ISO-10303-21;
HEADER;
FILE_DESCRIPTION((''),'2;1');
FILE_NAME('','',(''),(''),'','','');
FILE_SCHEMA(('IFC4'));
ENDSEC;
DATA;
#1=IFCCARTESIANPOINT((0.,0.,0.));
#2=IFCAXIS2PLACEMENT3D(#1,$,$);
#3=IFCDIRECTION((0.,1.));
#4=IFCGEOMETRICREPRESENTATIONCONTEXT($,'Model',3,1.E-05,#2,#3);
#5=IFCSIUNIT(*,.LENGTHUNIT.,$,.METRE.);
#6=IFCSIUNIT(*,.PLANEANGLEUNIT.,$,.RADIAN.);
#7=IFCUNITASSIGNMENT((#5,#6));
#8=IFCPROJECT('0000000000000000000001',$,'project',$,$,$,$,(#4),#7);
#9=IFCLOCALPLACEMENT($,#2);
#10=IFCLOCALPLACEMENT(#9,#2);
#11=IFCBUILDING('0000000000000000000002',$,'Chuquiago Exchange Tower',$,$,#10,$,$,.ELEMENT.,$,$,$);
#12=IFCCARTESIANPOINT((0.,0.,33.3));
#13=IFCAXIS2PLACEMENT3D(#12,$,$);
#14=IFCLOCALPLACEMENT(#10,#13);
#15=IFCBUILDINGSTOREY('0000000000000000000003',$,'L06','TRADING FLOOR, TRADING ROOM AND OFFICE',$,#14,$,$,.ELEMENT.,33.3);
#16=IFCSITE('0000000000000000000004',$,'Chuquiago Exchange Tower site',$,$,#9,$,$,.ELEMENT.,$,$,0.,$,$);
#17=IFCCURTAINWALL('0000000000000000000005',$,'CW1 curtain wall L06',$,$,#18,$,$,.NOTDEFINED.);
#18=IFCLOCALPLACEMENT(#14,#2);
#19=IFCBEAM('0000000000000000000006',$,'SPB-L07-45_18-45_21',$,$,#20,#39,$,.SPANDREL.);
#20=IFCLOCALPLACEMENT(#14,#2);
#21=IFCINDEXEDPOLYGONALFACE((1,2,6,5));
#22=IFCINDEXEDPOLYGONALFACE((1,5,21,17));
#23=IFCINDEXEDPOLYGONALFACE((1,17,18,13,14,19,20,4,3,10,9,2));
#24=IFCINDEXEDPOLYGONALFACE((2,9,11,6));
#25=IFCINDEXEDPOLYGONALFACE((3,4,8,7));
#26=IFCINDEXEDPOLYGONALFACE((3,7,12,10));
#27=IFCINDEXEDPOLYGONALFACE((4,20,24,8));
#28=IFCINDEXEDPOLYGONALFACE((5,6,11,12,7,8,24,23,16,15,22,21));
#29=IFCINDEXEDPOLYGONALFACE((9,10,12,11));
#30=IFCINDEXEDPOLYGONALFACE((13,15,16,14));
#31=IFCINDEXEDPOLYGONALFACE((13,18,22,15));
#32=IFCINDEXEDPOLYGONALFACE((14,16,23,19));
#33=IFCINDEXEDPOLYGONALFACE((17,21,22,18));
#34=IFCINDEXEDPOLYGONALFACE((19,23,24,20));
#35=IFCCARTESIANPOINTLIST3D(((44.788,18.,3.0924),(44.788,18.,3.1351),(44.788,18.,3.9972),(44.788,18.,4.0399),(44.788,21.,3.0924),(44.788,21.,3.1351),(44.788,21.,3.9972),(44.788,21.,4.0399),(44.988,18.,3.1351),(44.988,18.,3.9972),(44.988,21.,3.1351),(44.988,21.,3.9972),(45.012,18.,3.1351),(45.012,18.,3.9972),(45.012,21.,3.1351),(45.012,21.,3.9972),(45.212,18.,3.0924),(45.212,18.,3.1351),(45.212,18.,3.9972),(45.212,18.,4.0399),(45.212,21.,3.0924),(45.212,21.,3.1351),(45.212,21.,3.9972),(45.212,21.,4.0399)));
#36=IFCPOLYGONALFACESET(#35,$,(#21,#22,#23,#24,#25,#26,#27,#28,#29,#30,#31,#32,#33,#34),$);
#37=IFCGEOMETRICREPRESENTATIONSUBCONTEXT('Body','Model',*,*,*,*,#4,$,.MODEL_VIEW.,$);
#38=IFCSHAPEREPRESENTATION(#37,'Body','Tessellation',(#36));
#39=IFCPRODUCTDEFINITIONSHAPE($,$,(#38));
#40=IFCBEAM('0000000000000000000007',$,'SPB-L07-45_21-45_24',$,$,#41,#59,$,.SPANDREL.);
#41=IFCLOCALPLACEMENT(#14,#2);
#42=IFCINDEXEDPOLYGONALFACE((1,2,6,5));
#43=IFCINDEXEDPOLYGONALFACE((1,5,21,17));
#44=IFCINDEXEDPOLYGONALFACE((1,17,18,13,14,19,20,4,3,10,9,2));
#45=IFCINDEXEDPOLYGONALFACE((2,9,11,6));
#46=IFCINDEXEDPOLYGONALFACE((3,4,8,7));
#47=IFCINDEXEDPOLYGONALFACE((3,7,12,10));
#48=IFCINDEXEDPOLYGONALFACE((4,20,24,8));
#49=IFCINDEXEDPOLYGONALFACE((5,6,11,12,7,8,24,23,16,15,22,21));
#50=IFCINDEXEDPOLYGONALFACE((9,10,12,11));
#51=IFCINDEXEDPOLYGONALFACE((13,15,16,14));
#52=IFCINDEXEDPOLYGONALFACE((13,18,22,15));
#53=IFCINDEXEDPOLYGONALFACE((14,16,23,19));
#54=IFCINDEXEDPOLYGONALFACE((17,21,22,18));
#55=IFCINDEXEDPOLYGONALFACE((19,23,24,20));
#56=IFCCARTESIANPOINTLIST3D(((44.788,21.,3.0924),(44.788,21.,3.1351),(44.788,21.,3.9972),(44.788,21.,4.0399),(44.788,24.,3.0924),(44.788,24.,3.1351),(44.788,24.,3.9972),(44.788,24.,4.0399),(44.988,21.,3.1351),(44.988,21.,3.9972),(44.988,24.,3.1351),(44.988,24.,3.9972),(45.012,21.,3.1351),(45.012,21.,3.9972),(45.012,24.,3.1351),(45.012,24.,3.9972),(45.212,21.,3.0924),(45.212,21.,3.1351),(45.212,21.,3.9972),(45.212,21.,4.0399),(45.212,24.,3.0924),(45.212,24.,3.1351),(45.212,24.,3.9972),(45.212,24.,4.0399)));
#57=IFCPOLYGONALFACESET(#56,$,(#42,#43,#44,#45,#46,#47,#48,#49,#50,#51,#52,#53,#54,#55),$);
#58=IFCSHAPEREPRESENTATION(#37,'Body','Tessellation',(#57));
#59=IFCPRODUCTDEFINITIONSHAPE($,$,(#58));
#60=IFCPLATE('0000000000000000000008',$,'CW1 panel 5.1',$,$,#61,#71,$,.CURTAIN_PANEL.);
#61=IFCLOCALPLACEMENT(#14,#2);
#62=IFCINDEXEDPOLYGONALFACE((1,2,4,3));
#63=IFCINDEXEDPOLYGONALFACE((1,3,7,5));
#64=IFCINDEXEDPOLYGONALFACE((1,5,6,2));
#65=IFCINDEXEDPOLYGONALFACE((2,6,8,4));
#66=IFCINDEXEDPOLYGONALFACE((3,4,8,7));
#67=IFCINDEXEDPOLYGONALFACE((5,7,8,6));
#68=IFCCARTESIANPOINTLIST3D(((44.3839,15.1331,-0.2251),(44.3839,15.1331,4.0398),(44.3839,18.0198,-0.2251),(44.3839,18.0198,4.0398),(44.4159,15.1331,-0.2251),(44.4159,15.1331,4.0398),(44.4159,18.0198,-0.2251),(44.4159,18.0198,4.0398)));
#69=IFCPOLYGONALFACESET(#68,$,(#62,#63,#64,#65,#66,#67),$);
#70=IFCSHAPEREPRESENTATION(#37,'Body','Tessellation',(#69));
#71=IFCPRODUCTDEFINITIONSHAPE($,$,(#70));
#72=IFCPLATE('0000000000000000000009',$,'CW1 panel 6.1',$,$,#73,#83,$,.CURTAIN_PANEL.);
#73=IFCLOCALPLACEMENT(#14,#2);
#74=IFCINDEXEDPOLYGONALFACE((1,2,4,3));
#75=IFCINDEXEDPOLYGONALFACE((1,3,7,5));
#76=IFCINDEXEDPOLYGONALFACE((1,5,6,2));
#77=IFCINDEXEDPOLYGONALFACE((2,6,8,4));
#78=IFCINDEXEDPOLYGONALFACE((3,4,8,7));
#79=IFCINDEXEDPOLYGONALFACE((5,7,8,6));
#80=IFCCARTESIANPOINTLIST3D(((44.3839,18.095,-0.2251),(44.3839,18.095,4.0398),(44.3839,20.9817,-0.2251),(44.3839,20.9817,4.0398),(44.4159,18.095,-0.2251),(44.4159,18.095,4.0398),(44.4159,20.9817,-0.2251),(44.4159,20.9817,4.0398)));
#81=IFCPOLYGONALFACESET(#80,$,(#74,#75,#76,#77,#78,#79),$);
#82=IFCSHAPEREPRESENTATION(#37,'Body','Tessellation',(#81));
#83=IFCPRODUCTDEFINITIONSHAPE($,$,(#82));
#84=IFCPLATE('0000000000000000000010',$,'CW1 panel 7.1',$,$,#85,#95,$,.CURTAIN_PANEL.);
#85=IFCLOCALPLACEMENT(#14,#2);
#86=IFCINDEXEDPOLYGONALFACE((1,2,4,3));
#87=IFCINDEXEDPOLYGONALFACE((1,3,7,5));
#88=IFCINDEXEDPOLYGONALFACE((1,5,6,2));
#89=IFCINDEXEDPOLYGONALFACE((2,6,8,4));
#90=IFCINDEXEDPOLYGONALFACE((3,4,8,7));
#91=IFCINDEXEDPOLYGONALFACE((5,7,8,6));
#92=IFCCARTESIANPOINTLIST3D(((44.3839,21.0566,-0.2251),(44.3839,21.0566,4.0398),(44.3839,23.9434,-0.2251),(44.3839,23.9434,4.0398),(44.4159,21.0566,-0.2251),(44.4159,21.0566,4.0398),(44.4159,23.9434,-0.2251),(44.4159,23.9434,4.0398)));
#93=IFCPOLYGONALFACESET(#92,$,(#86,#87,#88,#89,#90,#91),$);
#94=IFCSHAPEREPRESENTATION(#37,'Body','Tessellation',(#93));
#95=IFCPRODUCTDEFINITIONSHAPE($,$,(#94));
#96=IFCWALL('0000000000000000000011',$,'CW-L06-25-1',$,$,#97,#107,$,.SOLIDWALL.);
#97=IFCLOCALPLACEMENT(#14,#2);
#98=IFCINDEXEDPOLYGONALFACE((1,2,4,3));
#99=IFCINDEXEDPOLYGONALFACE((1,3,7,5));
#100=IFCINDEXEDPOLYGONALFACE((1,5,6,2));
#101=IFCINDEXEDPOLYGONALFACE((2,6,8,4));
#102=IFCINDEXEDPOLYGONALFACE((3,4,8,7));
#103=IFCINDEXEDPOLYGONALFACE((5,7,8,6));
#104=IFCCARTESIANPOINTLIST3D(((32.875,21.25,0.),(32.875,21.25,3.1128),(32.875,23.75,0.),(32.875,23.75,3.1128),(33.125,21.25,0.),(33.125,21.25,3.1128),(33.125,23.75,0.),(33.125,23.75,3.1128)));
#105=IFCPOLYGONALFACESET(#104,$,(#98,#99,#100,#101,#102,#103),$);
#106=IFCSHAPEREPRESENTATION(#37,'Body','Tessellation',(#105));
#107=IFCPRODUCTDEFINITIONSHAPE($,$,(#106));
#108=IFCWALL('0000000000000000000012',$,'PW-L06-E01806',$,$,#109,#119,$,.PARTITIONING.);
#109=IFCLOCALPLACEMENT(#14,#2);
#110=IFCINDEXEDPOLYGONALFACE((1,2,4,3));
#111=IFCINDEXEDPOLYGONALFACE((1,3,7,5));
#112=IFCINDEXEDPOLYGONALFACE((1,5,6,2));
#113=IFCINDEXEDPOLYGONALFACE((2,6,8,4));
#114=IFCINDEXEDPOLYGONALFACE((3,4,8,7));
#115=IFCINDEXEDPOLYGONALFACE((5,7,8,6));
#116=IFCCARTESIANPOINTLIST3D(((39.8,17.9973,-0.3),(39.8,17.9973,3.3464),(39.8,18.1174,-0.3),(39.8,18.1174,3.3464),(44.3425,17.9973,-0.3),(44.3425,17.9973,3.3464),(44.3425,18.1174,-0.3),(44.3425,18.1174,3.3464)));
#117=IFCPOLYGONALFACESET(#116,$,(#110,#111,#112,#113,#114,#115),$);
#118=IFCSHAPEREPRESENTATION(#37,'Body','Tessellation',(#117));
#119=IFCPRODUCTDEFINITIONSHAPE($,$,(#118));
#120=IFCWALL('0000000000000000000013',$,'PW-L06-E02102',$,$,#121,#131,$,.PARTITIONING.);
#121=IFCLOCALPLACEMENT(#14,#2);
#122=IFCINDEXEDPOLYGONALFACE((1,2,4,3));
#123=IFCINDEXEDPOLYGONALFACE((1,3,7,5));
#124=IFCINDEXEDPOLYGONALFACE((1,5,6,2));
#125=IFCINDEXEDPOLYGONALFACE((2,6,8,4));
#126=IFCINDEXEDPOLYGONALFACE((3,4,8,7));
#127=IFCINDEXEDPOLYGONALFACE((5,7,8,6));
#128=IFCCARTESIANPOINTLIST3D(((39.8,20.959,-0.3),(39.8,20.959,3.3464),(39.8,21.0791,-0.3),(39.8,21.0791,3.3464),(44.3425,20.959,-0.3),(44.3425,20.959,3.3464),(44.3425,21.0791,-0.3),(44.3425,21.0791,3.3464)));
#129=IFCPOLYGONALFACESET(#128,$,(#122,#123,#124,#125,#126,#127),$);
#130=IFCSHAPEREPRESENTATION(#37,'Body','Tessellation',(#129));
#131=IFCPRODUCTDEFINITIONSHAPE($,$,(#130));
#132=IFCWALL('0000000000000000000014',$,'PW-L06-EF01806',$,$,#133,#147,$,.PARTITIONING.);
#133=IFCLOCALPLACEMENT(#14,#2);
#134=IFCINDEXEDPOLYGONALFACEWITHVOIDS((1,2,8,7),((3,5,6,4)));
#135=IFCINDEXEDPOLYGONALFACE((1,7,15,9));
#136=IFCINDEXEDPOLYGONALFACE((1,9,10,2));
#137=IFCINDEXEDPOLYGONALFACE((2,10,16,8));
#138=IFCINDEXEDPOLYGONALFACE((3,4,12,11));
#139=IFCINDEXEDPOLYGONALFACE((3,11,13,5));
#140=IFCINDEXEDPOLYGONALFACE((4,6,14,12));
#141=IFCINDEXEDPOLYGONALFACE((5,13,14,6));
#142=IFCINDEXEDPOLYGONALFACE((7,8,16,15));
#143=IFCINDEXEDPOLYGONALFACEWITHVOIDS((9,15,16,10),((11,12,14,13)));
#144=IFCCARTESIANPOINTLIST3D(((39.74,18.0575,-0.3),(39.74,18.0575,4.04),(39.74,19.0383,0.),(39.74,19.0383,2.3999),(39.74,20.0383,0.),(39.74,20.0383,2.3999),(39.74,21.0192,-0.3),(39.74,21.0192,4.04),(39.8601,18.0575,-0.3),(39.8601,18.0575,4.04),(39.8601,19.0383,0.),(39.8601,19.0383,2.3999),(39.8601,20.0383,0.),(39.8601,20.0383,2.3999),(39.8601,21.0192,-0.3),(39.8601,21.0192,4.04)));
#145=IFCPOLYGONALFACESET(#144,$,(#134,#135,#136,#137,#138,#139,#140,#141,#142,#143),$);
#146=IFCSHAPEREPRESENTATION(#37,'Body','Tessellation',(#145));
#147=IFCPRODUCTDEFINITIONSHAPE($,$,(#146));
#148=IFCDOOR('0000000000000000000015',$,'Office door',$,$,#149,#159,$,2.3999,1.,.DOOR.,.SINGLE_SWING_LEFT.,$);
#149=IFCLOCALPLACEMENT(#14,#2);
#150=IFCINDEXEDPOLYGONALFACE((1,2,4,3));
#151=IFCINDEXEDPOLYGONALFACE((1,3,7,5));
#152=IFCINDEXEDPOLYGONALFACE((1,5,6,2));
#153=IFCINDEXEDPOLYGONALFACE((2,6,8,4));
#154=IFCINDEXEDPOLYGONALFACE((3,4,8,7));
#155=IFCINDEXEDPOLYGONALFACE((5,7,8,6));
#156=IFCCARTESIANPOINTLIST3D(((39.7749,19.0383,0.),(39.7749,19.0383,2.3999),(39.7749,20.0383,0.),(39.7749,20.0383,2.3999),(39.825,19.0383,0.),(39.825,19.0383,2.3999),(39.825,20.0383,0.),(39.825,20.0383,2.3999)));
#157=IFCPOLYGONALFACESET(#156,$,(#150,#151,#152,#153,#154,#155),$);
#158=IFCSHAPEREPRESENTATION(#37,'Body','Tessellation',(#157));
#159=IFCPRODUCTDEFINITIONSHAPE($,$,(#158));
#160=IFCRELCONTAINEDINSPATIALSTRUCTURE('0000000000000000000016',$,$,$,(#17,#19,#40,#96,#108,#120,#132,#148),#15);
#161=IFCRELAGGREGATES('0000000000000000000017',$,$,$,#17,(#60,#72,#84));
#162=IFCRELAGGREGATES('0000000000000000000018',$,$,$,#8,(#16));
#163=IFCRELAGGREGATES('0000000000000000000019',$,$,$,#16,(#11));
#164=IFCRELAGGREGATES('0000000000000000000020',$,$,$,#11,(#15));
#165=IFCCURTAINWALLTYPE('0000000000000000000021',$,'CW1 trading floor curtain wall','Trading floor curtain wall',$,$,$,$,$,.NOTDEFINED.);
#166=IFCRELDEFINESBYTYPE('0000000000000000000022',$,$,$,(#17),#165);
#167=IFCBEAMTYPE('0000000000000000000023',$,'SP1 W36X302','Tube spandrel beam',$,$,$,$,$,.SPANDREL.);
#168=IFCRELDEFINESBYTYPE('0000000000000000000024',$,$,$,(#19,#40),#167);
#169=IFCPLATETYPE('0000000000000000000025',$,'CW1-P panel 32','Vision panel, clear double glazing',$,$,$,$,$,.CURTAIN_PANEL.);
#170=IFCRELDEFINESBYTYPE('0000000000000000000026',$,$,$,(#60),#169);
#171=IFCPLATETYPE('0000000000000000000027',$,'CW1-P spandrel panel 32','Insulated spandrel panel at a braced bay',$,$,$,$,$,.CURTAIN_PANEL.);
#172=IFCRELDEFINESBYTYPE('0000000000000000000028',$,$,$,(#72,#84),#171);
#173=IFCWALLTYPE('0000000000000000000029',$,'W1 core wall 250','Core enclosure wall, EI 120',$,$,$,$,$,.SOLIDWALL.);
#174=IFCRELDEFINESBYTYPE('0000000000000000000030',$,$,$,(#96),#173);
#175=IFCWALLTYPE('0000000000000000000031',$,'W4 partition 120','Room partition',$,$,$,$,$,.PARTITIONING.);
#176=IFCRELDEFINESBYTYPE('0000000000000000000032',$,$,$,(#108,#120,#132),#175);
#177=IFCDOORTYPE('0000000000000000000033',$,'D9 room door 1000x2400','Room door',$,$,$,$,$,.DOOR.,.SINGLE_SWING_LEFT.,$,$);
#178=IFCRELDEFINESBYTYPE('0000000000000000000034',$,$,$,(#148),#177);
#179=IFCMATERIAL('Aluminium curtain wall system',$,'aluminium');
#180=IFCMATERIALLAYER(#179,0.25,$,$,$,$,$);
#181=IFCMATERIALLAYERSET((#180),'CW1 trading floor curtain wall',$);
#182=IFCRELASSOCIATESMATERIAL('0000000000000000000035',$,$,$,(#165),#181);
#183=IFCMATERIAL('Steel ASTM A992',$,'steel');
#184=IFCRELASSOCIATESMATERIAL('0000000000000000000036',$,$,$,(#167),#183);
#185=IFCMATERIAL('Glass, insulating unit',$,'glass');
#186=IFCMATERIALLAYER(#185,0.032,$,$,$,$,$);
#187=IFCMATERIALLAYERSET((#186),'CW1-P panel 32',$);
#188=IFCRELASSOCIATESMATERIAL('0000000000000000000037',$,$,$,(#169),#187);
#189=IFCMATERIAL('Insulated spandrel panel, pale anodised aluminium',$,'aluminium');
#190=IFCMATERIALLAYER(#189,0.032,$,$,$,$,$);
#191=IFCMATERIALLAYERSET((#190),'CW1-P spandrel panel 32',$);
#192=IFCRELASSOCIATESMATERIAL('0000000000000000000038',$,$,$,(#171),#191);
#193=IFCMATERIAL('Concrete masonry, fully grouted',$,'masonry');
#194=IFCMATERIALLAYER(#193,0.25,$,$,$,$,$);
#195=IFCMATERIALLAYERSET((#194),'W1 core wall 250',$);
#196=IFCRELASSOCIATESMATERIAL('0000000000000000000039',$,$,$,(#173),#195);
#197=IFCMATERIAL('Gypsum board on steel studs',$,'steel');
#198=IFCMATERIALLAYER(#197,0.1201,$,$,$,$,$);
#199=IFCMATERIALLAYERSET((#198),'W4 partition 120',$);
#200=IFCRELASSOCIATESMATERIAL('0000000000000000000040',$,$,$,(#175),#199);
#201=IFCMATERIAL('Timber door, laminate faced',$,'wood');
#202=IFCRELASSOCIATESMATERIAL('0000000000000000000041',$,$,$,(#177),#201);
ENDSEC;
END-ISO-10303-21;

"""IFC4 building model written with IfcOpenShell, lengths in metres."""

from ifc_helpers import new_model, si_unit, direction, frame, frame_2d, origin, origin_2d, place, context, subcontext, project, spatial, rectangle, i_section, extrude, material, layer, layer_set, material_profile, profile_set, type_object, element, fill, aggregate, save


model = new_model("IFC4")

# Units and contexts
model_context = context("Model", 3, precision=1e-05, world=origin(), true_north=direction((0.0, 1.0)))
body_context = subcontext(model_context, "Body", "Model", "MODEL_VIEW")
ifc_project = project(units=[si_unit("LENGTHUNIT", "METRE"), si_unit("PLANEANGLEUNIT", "RADIAN")], contexts=[model_context])

# Site, building, storey
site_placement = place(None, origin())
site = spatial("IfcSite", under=ifc_project, at=site_placement, Name="Chuquiago Exchange Tower site", CompositionType="ELEMENT", RefElevation=0.0)
building_placement = place(site_placement, origin())
building = spatial("IfcBuilding", under=site, at=building_placement, Name="Chuquiago Exchange Tower", CompositionType="ELEMENT")
storey_placement = place(building_placement, frame((0.0, 0.0, 33.3)))
storey = spatial("IfcBuildingStorey", under=building, at=storey_placement, Name="L06", Description="TRADING FLOOR, TRADING ROOM AND OFFICE", CompositionType="ELEMENT", Elevation=33.3)

# Curtain wall
ifc_material_1 = material(Name="Aluminium curtain wall system", Category="aluminium")
ifc_layer_1 = layer(ifc_material_1, 0.25)
ifc_layer_set_1 = layer_set([ifc_layer_1], Name="CW1 trading floor curtain wall")
curtain_wall_type = type_object("IfcCurtainWallType", Name="CW1 trading floor curtain wall", Description="Trading floor curtain wall", PredefinedType="NOTDEFINED", material=ifc_layer_set_1)
curtain_wall_placement = place(storey_placement, origin())
curtain_wall = element("IfcCurtainWall", 1, at=curtain_wall_placement, inside=storey, type_object=curtain_wall_type, Name="CW1 curtain wall L06", PredefinedType="NOTDEFINED")

# Beams
ifc_material_2 = material(Name="Steel ASTM A992", Category="steel")
ifc_material_profile_1 = material_profile(ifc_material_2, i_section(OverallWidth=0.4241, OverallDepth=0.9475, WebThickness=0.0239, FlangeThickness=0.0427, at=origin_2d()), Name="W36X302")
ifc_profile_set_1 = profile_set([ifc_material_profile_1], Name="Steel ASTM A992")
beam_type_1 = type_object("IfcBeamType", Name="SP1 W36X302", Description="Tube spandrel beam", PredefinedType="SPANDREL", material=ifc_profile_set_1)
for number, where, z_axis, x_axis, name in (
    (2, (45.0, 18.0, 3.5662), (0.0, 1.0, 0.0), (-1.0, 0.0, 0.0), "SPB-L07-45_18-45_21"),
    (3, (45.0, 21.0, 3.5662), (0.0, 1.0, 0.0), (-1.0, 0.0, 0.0), "SPB-L07-45_21-45_24"),
):
    element("IfcBeam", number, at=place(storey_placement, frame(where, z_axis=z_axis, x_axis=x_axis)), inside=storey, type_object=beam_type_1, Name=name, PredefinedType="SPANDREL", context=body_context, shape_type="SweptSolid", body=[
        extrude(i_section(OverallWidth=0.4241, OverallDepth=0.9475, WebThickness=0.0239, FlangeThickness=0.0427, at=origin_2d()), origin(), (0.0, 0.0, 1.0), 3.0),
    ])

# Plates
ifc_material_3 = material(Name="Glass, insulating unit", Category="glass")
ifc_layer_2 = layer(ifc_material_3, 0.032)
ifc_layer_set_2 = layer_set([ifc_layer_2], Name="CW1-P panel 32")
plate_type_1 = type_object("IfcPlateType", Name="CW1-P panel 32", Description="Vision panel, clear double glazing", PredefinedType="CURTAIN_PANEL", material=ifc_layer_set_2)
plate_1_placement = place(storey_placement, frame((44.3999, 16.5764, -0.2251), z_axis=(0.0, 0.0, 1.0), x_axis=(0.0, 1.0, 0.0)))
plate_1 = element("IfcPlate", 4, at=plate_1_placement, type_object=plate_type_1, Name="CW1 panel 5.1", PredefinedType="CURTAIN_PANEL", context=body_context, shape_type="SweptSolid", body=[
    extrude(rectangle(XDim=2.8867, YDim=0.032, at=origin_2d()), origin(), (0.0, 0.0, 1.0), 4.2649),
])
ifc_material_4 = material(Name="Insulated spandrel panel, pale anodised aluminium", Category="aluminium")
ifc_layer_3 = layer(ifc_material_4, 0.032)
ifc_layer_set_3 = layer_set([ifc_layer_3], Name="CW1-P spandrel panel 32")
plate_type_2 = type_object("IfcPlateType", Name="CW1-P spandrel panel 32", Description="Insulated spandrel panel at a braced bay", PredefinedType="CURTAIN_PANEL", material=ifc_layer_set_3)
plate_2_placement = place(storey_placement, frame((44.3999, 19.5383, -0.2251), z_axis=(0.0, 0.0, 1.0), x_axis=(0.0, 1.0, 0.0)))
plate_2 = element("IfcPlate", 5, at=plate_2_placement, type_object=plate_type_2, Name="CW1 panel 6.1", PredefinedType="CURTAIN_PANEL", context=body_context, shape_type="SweptSolid", body=[
    extrude(rectangle(XDim=2.8867, YDim=0.032, at=origin_2d()), origin(), (0.0, 0.0, 1.0), 4.2649),
])
plate_3_placement = place(storey_placement, frame((44.3999, 22.5, -0.2251), z_axis=(0.0, 0.0, 1.0), x_axis=(0.0, 1.0, 0.0)))
plate_3 = element("IfcPlate", 6, at=plate_3_placement, type_object=plate_type_2, Name="CW1 panel 7.1", PredefinedType="CURTAIN_PANEL", context=body_context, shape_type="SweptSolid", body=[
    extrude(rectangle(XDim=2.8867, YDim=0.032, at=origin_2d()), origin(), (0.0, 0.0, 1.0), 4.2649),
])
aggregate(curtain_wall, [plate_1, plate_2, plate_3])

# Walls
ifc_material_5 = material(Name="Concrete masonry, fully grouted", Category="masonry")
ifc_layer_4 = layer(ifc_material_5, 0.25)
ifc_layer_set_4 = layer_set([ifc_layer_4], Name="W1 core wall 250")
wall_type_1 = type_object("IfcWallType", Name="W1 core wall 250", Description="Core enclosure wall, EI 120", PredefinedType="SOLIDWALL", material=ifc_layer_set_4)
wall_1_placement = place(storey_placement, frame((33.0, 21.25, 0.0), z_axis=(0.0, 0.0, 1.0), x_axis=(0.0, 1.0, 0.0)))
element("IfcWall", 7, at=wall_1_placement, inside=storey, type_object=wall_type_1, Name="CW-L06-25-1", PredefinedType="SOLIDWALL", context=body_context, shape_type="SweptSolid", body=[
    extrude(rectangle(XDim=2.5, YDim=0.25, at=frame_2d((1.25, 0.0))), origin(), (0.0, 0.0, 1.0), 3.1128),
])
ifc_material_6 = material(Name="Gypsum board on steel studs", Category="steel")
ifc_layer_5 = layer(ifc_material_6, 0.1201)
ifc_layer_set_5 = layer_set([ifc_layer_5], Name="W4 partition 120")
wall_type_2 = type_object("IfcWallType", Name="W4 partition 120", Description="Room partition", PredefinedType="PARTITIONING", material=ifc_layer_set_5)
for number, where, z_axis, x_axis, name in (
    (8, (44.3425, 18.0574, -0.3), (0.0, 0.0, 1.0), (-1.0, 0.0, 0.0), "PW-L06-E01806"),
    (9, (44.3425, 21.019, -0.3), (0.0, 0.0, 1.0), (-1.0, 0.0, 0.0), "PW-L06-E02102"),
):
    element("IfcWall", number, at=place(storey_placement, frame(where, z_axis=z_axis, x_axis=x_axis)), inside=storey, type_object=wall_type_2, Name=name, PredefinedType="PARTITIONING", context=body_context, shape_type="SweptSolid", body=[
        extrude(rectangle(XDim=4.5425, YDim=0.1201, at=frame_2d((2.2712, 0.0))), origin(), (0.0, 0.0, 1.0), 3.6465),
    ])

# Wall, opening, door
wall_2_placement = place(storey_placement, frame((39.8, 18.0574, -0.3), z_axis=(0.0, 0.0, 1.0), x_axis=(0.0, 1.0, 0.0)))
wall_2 = element("IfcWall", 10, at=wall_2_placement, inside=storey, type_object=wall_type_2, Name="PW-L06-EF01806", PredefinedType="PARTITIONING", context=body_context, shape_type="SweptSolid", body=[
    extrude(rectangle(XDim=2.9617, YDim=0.1201, at=frame_2d((1.481, 0.0))), origin(), (0.0, 0.0, 1.0), 4.3401),
])
opening_1_placement = place(wall_2_placement, frame((0.981, 0.0, 0.3)))
opening_1 = element("IfcOpeningElement", 11, at=opening_1_placement, cuts=wall_2, PredefinedType="OPENING", context=body_context, shape_type="SweptSolid", body=[
    extrude(rectangle(XDim=1.0, YDim=2.3999, at=frame_2d((0.5, 1.2))), frame((0.0, 0.0701, 0.0), z_axis=(0.0, -1.0, 0.0), x_axis=(1.0, 0.0, 0.0)), (0.0, 0.0, 1.0), 0.1401),
])
ifc_material_7 = material(Name="Timber door, laminate faced", Category="wood")
door_type = type_object("IfcDoorType", Name="D9 room door 1000x2400", Description="Room door", OperationType="SINGLE_SWING_LEFT", PredefinedType="DOOR", material=ifc_material_7)
door_1_placement = place(opening_1_placement, frame((1.0, 0.0, 0.0), z_axis=(0.0, 0.0, 1.0), x_axis=(-1.0, 0.0, 0.0)))
door_1 = element("IfcDoor", 12, at=door_1_placement, inside=storey, type_object=door_type, Name="Office door", OperationType="SINGLE_SWING_LEFT", OverallHeight=2.3999, OverallWidth=1.0, PredefinedType="DOOR", context=body_context, shape_type="SweptSolid", body=[
    extrude(rectangle(XDim=1.0, YDim=2.3999, at=frame_2d((0.5, 1.2))), frame((0.0, 0.0249, 0.0), z_axis=(0.0, -1.0, 0.0), x_axis=(1.0, 0.0, 0.0)), (0.0, 0.0, 1.0), 0.05),
])
fill(opening_1, door_1)

save(model, "model.ifc")
